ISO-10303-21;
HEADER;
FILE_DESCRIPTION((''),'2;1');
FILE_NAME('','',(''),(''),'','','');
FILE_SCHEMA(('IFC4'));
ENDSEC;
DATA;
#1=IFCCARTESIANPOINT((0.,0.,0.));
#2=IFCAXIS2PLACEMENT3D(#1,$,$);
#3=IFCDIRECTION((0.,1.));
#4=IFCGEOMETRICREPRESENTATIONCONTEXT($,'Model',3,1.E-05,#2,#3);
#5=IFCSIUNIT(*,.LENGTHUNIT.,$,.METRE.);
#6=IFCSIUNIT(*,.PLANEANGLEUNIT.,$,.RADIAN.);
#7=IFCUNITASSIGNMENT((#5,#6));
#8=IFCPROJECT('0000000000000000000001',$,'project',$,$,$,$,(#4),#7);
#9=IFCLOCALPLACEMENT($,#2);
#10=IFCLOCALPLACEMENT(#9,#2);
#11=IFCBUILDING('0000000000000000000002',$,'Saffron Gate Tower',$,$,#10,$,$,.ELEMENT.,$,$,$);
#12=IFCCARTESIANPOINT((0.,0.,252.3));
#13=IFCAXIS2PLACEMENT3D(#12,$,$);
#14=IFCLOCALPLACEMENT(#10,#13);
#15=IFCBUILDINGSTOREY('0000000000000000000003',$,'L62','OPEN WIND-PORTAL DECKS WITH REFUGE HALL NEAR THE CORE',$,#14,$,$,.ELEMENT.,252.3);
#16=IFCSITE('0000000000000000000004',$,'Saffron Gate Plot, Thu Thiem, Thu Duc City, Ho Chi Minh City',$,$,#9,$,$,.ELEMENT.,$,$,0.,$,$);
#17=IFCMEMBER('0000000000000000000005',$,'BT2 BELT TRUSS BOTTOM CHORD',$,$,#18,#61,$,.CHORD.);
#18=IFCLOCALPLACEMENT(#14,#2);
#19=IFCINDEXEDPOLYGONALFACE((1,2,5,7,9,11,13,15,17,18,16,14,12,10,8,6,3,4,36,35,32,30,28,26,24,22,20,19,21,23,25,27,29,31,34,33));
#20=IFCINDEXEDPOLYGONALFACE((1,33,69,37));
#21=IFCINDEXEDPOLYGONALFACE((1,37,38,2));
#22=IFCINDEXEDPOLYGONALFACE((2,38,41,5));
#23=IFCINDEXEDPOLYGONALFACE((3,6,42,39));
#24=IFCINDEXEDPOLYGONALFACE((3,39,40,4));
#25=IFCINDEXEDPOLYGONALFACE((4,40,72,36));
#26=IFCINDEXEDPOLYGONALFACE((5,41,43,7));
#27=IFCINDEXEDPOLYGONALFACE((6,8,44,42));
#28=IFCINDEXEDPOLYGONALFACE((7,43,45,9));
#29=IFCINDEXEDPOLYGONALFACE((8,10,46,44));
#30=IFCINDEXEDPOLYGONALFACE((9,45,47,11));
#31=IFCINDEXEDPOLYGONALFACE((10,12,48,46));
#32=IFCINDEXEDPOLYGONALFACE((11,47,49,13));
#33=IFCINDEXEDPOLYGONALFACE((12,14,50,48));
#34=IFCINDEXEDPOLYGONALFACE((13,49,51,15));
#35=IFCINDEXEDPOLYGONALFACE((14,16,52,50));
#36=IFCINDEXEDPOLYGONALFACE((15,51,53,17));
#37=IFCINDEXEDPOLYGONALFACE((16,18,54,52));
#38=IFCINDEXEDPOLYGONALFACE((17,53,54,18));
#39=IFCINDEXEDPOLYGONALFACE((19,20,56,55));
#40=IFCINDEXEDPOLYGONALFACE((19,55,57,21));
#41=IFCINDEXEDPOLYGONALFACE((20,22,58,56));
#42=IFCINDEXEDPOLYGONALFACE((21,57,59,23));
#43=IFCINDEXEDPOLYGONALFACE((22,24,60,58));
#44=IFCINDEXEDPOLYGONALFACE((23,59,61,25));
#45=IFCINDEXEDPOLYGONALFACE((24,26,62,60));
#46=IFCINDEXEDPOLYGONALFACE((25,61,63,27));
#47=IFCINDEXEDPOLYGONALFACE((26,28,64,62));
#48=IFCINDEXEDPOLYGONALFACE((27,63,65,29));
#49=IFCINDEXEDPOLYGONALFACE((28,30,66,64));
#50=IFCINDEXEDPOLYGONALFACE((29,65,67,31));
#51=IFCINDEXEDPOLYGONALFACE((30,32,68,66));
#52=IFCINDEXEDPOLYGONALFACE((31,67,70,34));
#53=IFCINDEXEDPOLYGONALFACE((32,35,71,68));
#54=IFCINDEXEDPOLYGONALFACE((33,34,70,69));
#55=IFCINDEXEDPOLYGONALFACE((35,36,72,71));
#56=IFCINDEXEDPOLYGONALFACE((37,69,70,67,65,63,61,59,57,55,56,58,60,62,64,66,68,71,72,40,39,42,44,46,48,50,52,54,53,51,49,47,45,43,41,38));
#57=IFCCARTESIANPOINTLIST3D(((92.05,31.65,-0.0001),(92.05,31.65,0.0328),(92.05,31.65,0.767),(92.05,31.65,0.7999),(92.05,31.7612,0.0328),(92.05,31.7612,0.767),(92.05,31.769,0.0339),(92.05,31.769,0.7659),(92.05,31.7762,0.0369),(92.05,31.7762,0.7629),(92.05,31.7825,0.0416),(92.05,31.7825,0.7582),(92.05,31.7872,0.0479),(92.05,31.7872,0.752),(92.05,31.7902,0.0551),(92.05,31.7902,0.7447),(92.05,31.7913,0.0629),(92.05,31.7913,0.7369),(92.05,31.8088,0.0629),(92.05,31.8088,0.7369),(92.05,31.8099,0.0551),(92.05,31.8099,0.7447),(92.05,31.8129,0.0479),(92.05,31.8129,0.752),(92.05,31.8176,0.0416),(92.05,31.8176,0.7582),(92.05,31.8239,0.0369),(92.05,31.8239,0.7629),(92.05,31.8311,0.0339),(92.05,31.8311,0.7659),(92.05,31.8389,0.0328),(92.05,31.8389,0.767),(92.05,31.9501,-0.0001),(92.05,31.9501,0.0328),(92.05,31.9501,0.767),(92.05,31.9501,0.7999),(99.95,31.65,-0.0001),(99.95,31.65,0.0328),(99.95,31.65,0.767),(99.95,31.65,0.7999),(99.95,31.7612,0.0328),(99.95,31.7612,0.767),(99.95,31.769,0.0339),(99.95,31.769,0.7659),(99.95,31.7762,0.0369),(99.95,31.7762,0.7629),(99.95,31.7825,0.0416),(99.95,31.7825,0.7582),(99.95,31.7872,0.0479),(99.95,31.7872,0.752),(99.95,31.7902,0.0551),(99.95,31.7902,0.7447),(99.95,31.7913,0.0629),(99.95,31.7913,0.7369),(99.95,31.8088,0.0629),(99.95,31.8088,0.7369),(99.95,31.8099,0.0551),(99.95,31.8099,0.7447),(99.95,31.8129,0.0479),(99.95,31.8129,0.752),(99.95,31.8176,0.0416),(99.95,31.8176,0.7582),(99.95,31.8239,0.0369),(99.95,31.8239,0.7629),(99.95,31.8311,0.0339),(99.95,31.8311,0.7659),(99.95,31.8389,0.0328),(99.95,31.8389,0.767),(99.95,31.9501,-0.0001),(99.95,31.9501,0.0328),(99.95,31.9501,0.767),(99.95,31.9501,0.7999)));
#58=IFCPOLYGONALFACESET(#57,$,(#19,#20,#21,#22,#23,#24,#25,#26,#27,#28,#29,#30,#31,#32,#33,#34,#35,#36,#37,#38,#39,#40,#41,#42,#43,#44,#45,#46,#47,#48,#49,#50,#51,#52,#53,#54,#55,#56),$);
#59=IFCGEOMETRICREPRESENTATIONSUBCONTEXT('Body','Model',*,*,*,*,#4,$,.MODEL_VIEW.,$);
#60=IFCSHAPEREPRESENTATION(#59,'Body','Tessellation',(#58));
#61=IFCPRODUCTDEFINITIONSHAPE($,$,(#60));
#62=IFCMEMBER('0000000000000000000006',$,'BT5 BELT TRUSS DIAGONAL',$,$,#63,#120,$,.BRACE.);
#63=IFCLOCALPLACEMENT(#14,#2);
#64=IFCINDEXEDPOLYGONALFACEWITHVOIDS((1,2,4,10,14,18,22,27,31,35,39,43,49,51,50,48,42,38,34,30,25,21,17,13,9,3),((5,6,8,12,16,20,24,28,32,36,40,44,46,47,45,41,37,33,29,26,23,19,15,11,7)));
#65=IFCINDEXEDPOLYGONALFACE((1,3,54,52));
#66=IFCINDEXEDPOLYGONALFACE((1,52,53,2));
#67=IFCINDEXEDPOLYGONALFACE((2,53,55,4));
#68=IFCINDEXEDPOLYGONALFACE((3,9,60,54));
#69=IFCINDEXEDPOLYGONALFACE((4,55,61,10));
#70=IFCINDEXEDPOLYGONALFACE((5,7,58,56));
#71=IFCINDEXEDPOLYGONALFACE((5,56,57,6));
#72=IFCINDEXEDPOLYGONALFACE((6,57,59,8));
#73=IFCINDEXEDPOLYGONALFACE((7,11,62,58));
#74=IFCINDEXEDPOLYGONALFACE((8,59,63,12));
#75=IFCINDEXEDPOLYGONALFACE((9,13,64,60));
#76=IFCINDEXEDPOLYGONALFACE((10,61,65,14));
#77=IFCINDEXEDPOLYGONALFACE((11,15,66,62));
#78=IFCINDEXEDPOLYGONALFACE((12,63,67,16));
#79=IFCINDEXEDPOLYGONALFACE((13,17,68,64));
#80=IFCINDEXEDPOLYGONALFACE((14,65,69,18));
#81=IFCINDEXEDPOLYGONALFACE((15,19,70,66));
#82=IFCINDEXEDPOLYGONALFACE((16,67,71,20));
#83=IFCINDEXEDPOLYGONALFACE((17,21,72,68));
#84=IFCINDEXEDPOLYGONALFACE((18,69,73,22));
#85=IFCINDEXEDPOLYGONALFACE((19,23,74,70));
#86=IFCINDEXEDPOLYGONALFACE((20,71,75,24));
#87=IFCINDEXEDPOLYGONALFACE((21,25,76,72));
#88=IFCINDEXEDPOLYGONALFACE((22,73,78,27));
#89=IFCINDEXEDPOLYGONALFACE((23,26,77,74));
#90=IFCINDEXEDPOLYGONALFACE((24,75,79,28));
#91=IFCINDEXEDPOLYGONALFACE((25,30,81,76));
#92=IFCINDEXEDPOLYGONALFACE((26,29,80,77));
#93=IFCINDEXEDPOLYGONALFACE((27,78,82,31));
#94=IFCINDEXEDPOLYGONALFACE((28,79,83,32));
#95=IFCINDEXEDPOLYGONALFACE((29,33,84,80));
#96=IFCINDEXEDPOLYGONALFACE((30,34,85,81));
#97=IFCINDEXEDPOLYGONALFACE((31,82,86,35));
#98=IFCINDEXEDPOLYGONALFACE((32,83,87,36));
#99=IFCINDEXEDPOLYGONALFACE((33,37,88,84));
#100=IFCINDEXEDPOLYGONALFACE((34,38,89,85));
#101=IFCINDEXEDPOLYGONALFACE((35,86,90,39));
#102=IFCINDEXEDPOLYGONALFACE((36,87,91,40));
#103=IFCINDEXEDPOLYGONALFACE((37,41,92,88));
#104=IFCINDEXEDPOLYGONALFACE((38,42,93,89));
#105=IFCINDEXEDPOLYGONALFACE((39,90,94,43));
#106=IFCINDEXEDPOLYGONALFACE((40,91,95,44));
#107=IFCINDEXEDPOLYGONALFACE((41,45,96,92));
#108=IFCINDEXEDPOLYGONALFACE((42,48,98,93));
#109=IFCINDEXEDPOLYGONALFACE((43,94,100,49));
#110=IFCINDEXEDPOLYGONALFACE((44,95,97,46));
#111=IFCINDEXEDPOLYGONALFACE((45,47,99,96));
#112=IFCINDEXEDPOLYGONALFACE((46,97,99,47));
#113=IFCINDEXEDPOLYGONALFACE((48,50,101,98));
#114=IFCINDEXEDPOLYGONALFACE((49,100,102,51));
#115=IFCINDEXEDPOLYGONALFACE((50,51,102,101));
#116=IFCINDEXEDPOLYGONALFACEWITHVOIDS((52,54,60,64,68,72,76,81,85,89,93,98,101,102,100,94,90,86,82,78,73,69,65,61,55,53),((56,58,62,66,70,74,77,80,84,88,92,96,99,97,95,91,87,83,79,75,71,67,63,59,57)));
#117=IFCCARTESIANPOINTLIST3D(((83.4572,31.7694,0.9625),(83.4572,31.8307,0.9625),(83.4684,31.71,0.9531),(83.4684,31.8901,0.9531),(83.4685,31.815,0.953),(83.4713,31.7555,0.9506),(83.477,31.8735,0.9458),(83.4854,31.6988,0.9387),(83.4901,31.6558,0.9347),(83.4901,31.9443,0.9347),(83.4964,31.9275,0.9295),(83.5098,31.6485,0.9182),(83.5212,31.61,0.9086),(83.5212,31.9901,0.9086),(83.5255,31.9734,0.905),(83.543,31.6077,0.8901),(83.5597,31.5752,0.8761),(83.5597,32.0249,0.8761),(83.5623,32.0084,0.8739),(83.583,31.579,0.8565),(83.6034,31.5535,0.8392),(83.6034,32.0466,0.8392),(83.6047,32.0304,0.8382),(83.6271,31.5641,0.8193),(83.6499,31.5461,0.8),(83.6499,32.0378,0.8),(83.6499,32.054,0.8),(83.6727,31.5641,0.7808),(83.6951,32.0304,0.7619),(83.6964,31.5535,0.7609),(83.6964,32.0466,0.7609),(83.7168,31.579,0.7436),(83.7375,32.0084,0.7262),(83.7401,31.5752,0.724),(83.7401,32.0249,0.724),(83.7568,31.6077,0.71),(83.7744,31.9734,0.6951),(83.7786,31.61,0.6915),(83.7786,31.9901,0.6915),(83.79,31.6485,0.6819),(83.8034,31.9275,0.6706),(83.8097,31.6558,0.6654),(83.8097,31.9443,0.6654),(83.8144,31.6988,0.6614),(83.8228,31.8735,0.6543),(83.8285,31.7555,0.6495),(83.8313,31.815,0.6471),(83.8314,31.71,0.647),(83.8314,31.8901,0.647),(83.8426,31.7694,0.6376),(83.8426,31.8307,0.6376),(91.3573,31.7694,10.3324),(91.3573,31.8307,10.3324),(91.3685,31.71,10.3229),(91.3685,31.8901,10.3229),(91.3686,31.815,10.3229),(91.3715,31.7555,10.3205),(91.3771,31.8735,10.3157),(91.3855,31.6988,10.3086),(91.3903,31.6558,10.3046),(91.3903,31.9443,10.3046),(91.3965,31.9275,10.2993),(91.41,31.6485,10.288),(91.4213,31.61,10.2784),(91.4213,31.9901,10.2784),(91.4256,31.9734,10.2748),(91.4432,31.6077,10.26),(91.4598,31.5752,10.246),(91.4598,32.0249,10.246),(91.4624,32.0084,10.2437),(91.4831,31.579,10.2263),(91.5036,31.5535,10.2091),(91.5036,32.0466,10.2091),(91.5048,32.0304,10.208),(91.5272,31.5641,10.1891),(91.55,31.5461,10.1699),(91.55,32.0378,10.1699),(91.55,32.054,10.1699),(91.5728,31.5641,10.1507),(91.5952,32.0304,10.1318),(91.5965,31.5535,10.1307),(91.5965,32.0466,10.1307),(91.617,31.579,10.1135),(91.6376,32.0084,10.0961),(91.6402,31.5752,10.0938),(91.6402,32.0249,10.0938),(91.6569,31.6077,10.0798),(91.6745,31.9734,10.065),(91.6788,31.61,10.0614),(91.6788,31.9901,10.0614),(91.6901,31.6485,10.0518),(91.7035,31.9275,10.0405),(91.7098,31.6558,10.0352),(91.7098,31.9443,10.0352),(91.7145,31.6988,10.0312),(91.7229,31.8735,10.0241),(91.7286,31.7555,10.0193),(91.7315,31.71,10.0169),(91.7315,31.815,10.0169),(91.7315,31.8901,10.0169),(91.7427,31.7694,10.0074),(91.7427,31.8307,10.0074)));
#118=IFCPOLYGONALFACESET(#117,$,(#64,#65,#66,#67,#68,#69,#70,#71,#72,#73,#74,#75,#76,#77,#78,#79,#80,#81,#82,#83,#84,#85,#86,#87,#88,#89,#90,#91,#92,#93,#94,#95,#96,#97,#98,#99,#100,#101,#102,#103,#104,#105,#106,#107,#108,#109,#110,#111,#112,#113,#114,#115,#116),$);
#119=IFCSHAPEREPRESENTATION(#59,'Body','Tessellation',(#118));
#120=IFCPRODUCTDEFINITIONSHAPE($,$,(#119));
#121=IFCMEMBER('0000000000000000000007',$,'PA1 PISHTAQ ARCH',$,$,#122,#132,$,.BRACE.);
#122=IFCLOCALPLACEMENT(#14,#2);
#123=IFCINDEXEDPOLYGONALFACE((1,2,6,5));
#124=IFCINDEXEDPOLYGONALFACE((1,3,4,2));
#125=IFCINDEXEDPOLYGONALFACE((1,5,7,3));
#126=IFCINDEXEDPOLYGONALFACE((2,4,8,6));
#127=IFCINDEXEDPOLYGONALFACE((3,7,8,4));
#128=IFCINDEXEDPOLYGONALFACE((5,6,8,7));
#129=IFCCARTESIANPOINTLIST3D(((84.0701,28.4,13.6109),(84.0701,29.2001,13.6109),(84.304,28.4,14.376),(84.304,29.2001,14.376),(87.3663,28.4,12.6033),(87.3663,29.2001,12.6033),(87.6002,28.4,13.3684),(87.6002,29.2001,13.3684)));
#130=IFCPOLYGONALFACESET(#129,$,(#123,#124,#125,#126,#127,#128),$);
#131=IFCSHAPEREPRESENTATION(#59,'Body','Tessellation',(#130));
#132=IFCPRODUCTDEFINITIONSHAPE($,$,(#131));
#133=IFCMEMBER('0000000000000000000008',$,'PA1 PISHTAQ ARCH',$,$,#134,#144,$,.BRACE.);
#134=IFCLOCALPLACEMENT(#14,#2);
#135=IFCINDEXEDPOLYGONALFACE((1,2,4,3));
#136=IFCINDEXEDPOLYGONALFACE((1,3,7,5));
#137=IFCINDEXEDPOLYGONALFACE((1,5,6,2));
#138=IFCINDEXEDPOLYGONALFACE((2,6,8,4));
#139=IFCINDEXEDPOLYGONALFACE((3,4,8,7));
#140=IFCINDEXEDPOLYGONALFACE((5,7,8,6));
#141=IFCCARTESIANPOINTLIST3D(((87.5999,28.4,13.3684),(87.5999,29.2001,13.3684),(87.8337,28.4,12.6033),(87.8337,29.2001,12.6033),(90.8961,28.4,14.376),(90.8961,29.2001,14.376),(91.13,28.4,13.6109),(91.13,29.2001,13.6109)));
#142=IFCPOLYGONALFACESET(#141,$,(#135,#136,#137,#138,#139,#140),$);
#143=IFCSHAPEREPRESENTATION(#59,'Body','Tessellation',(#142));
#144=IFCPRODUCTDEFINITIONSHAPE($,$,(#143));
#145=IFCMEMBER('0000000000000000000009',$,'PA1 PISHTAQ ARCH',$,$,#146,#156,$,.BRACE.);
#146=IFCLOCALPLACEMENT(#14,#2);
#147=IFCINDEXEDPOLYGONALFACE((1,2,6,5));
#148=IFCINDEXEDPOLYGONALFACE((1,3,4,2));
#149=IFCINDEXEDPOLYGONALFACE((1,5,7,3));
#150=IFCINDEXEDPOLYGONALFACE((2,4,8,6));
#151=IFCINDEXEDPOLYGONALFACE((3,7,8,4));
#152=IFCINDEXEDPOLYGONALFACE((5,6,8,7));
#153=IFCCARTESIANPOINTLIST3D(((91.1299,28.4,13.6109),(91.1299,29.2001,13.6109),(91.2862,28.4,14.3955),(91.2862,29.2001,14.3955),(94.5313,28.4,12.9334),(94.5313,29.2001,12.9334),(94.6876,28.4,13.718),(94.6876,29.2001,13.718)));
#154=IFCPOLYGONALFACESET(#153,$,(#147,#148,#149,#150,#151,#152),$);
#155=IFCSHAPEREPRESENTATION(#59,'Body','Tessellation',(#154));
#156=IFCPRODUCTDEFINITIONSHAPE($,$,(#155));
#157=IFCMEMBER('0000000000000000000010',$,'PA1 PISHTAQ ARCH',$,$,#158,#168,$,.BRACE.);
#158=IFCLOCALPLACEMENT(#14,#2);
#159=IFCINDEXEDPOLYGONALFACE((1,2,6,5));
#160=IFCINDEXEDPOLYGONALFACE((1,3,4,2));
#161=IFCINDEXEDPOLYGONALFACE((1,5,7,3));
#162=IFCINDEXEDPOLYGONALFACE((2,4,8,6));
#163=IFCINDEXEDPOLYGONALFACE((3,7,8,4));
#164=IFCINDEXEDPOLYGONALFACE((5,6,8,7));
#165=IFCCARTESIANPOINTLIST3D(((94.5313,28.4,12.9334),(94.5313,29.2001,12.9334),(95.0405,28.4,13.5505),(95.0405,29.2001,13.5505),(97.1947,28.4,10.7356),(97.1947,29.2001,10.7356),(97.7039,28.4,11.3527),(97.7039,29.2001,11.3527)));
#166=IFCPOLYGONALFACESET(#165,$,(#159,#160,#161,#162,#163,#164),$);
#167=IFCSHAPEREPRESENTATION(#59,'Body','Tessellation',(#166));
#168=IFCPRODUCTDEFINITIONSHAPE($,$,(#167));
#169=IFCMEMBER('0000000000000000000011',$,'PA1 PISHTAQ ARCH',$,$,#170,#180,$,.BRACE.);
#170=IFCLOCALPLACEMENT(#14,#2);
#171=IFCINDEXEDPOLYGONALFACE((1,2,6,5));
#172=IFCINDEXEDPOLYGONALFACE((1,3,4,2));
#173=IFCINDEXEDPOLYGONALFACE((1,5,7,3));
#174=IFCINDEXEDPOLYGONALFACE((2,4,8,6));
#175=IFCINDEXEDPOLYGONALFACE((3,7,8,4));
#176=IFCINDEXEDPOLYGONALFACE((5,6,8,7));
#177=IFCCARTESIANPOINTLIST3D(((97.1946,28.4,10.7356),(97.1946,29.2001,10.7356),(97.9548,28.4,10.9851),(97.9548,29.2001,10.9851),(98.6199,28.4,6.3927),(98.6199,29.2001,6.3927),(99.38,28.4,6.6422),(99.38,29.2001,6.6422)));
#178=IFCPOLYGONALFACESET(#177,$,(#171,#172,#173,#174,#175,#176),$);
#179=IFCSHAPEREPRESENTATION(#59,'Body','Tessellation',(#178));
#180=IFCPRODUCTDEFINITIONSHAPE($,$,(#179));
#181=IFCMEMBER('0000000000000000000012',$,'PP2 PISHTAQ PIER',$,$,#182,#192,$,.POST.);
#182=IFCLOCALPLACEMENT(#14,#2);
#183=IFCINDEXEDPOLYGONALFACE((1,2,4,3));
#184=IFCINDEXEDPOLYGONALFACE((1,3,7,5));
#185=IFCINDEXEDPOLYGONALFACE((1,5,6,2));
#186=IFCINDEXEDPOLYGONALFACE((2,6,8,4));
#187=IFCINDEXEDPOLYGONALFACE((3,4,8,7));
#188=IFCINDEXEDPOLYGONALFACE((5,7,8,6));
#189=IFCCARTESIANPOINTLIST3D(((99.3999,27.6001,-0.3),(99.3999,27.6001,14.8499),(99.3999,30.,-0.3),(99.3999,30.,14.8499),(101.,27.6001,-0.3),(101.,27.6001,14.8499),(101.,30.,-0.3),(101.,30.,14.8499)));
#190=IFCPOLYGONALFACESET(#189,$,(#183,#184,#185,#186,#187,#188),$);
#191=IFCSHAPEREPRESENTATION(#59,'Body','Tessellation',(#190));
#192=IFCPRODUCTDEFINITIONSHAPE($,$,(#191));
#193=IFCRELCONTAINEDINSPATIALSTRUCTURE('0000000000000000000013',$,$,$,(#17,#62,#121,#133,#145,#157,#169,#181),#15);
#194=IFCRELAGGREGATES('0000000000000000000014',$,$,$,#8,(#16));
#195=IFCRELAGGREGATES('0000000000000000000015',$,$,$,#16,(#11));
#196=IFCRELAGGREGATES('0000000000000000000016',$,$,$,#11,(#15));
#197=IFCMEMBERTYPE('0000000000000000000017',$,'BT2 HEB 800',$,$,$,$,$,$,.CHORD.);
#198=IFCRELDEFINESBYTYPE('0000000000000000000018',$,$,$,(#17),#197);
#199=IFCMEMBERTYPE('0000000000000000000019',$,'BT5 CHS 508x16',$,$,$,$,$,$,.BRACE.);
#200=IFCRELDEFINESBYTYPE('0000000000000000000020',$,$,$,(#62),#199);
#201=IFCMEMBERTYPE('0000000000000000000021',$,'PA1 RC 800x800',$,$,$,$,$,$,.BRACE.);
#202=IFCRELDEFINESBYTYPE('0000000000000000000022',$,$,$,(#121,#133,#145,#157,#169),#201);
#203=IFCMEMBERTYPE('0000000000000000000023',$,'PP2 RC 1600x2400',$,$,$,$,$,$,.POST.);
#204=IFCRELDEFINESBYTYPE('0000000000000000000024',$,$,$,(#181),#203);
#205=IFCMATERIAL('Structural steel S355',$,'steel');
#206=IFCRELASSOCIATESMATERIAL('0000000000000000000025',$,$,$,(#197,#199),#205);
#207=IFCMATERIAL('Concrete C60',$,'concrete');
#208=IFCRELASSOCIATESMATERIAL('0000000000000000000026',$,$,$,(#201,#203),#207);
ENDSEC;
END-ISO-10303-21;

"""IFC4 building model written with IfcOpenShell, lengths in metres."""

from ifc_helpers import new_model, si_unit, direction, frame, origin, origin_2d, place, context, subcontext, project, spatial, rectangle, hollow_circle, i_section, extrude, material, material_profile, profile_set, type_object, element, save


model = new_model("IFC4")

# Units and contexts
model_context = context("Model", 3, precision=1e-05, world=origin(), true_north=direction((0.0, 1.0)))
body_context = subcontext(model_context, "Body", "Model", "MODEL_VIEW")
ifc_project = project(units=[si_unit("LENGTHUNIT", "METRE"), si_unit("PLANEANGLEUNIT", "RADIAN")], contexts=[model_context])

# Site, building, storey
site_placement = place(None, origin())
site = spatial("IfcSite", under=ifc_project, at=site_placement, Name="Saffron Gate Plot, Thu Thiem, Thu Duc City, Ho Chi Minh City", CompositionType="ELEMENT", RefElevation=0.0)
building_placement = place(site_placement, origin())
building = spatial("IfcBuilding", under=site, at=building_placement, Name="Saffron Gate Tower", CompositionType="ELEMENT")
storey_placement = place(building_placement, frame((0.0, 0.0, 252.3)))
storey = spatial("IfcBuildingStorey", under=building, at=storey_placement, Name="L62", Description="OPEN WIND-PORTAL DECKS WITH REFUGE HALL NEAR THE CORE", CompositionType="ELEMENT", Elevation=252.3)

# Shared definitions
ifc_material_1 = material(Name="Structural steel S355", Category="steel")

# Members
ifc_material_profile_1 = material_profile(ifc_material_1, i_section(OverallWidth=0.3, OverallDepth=0.8, WebThickness=0.0176, FlangeThickness=0.033, FilletRadius=0.03, at=origin_2d()))
ifc_profile_set_1 = profile_set([ifc_material_profile_1], Name="Structural steel S355")
member_type_1 = type_object("IfcMemberType", Name="BT2 HEB 800", PredefinedType="CHORD", material=ifc_profile_set_1)
for number, where, z_axis, x_axis, name in (
    (1, (92.05, 31.8, 0.3999), (1.0, 0.0, 0.0), (0.0, 1.0, 0.0), "BT2 BELT TRUSS BOTTOM CHORD"),
):
    element("IfcMember", number, at=place(storey_placement, frame(where, z_axis=z_axis, x_axis=x_axis)), inside=storey, type_object=member_type_1, Name=name, PredefinedType="CHORD", context=body_context, shape_type="SweptSolid", body=[
        extrude(i_section(OverallWidth=0.3, OverallDepth=0.8, WebThickness=0.0176, FlangeThickness=0.033, FilletRadius=0.03, at=origin_2d()), origin(), (0.0, 0.0, 1.0), 7.8999),
    ])
ifc_material_profile_2 = material_profile(ifc_material_1, hollow_circle(Radius=0.2539, WallThickness=0.0161, at=origin_2d()))
ifc_profile_set_2 = profile_set([ifc_material_profile_2], Name="Structural steel S355")
member_type_2 = type_object("IfcMemberType", Name="BT5 CHS 508x16", PredefinedType="BRACE", material=ifc_profile_set_2)
member_1_placement = place(storey_placement, frame((83.6499, 31.8, 0.8), z_axis=(0.6446, 0.0, 0.76452), x_axis=(0.0, 1.0, 0.0)))
element("IfcMember", 2, at=member_1_placement, inside=storey, type_object=member_type_2, Name="BT5 BELT TRUSS DIAGONAL", PredefinedType="BRACE", context=body_context, shape_type="SweptSolid", body=[
    extrude(hollow_circle(Radius=0.2539, WallThickness=0.0161, at=origin_2d()), origin(), (0.0, 0.0, 1.0), 12.2559),
])
ifc_material_2 = material(Name="Concrete C60", Category="concrete")
ifc_material_profile_3 = material_profile(ifc_material_2, rectangle(XDim=0.8, YDim=0.8, at=origin_2d()))
ifc_profile_set_3 = profile_set([ifc_material_profile_3], Name="Concrete C60")
member_type_3 = type_object("IfcMemberType", Name="PA1 RC 800x800", PredefinedType="BRACE", material=ifc_profile_set_3)
for number, where, z_axis, x_axis, name in (
    (3, (84.187, 28.8, 13.9934), (0.956318, 0.0, -0.292328), (0.0, 1.0, 0.0), "PA1 PISHTAQ ARCH"),
    (4, (87.7168, 28.8, 12.9858), (0.956318, 0.0, 0.292328), (0.0, 1.0, 0.0), "PA1 PISHTAQ ARCH"),
):
    element("IfcMember", number, at=place(storey_placement, frame(where, z_axis=z_axis, x_axis=x_axis)), inside=storey, type_object=member_type_3, Name=name, PredefinedType="BRACE", context=body_context, shape_type="SweptSolid", body=[
        extrude(rectangle(XDim=0.8, YDim=0.8, at=origin_2d()), origin(), (0.0, 0.0, 1.0), 3.4468),
    ])
member_2_placement = place(storey_placement, frame((91.208, 28.8, 14.0032), z_axis=(0.980735, 0.0, -0.195344), x_axis=(0.0, 1.0, 0.0)))
element("IfcMember", 5, at=member_2_placement, inside=storey, type_object=member_type_3, Name="PA1 PISHTAQ ARCH", PredefinedType="BRACE", context=body_context, shape_type="SweptSolid", body=[
    extrude(rectangle(XDim=0.8, YDim=0.8, at=origin_2d()), origin(), (0.0, 0.0, 1.0), 3.4683),
])
member_3_placement = place(storey_placement, frame((94.7859, 28.8, 13.2419), z_axis=(0.771301, 0.0, -0.63647), x_axis=(0.0, 1.0, 0.0)))
element("IfcMember", 6, at=member_3_placement, inside=storey, type_object=member_type_3, Name="PA1 PISHTAQ ARCH", PredefinedType="BRACE", context=body_context, shape_type="SweptSolid", body=[
    extrude(rectangle(XDim=0.8, YDim=0.8, at=origin_2d()), origin(), (0.0, 0.0, 1.0), 3.4531),
])
member_4_placement = place(storey_placement, frame((97.5747, 28.8, 10.8604), z_axis=(0.311818, 0.0, -0.950142), x_axis=(0.0, 1.0, 0.0)))
element("IfcMember", 7, at=member_4_placement, inside=storey, type_object=member_type_3, Name="PA1 PISHTAQ ARCH", PredefinedType="BRACE", context=body_context, shape_type="SweptSolid", body=[
    extrude(rectangle(XDim=0.8, YDim=0.8, at=origin_2d()), origin(), (0.0, 0.0, 1.0), 4.5708),
])
ifc_material_profile_4 = material_profile(ifc_material_2, rectangle(XDim=1.6001, YDim=2.3999, at=origin_2d()))
ifc_profile_set_4 = profile_set([ifc_material_profile_4], Name="Concrete C60")
member_type_4 = type_object("IfcMemberType", Name="PP2 RC 1600x2400", PredefinedType="POST", material=ifc_profile_set_4)
member_5_placement = place(storey_placement, frame((100.2, 28.8, -0.3), z_axis=(0.0, 0.0, 1.0), x_axis=(1.0, 0.0, 0.0)))
element("IfcMember", 8, at=member_5_placement, inside=storey, type_object=member_type_4, Name="PP2 PISHTAQ PIER", PredefinedType="POST", context=body_context, shape_type="SweptSolid", body=[
    extrude(rectangle(XDim=1.6001, YDim=2.3999, at=origin_2d()), origin(), (0.0, 0.0, 1.0), 15.1499),
])

save(model, "model.ifc")
